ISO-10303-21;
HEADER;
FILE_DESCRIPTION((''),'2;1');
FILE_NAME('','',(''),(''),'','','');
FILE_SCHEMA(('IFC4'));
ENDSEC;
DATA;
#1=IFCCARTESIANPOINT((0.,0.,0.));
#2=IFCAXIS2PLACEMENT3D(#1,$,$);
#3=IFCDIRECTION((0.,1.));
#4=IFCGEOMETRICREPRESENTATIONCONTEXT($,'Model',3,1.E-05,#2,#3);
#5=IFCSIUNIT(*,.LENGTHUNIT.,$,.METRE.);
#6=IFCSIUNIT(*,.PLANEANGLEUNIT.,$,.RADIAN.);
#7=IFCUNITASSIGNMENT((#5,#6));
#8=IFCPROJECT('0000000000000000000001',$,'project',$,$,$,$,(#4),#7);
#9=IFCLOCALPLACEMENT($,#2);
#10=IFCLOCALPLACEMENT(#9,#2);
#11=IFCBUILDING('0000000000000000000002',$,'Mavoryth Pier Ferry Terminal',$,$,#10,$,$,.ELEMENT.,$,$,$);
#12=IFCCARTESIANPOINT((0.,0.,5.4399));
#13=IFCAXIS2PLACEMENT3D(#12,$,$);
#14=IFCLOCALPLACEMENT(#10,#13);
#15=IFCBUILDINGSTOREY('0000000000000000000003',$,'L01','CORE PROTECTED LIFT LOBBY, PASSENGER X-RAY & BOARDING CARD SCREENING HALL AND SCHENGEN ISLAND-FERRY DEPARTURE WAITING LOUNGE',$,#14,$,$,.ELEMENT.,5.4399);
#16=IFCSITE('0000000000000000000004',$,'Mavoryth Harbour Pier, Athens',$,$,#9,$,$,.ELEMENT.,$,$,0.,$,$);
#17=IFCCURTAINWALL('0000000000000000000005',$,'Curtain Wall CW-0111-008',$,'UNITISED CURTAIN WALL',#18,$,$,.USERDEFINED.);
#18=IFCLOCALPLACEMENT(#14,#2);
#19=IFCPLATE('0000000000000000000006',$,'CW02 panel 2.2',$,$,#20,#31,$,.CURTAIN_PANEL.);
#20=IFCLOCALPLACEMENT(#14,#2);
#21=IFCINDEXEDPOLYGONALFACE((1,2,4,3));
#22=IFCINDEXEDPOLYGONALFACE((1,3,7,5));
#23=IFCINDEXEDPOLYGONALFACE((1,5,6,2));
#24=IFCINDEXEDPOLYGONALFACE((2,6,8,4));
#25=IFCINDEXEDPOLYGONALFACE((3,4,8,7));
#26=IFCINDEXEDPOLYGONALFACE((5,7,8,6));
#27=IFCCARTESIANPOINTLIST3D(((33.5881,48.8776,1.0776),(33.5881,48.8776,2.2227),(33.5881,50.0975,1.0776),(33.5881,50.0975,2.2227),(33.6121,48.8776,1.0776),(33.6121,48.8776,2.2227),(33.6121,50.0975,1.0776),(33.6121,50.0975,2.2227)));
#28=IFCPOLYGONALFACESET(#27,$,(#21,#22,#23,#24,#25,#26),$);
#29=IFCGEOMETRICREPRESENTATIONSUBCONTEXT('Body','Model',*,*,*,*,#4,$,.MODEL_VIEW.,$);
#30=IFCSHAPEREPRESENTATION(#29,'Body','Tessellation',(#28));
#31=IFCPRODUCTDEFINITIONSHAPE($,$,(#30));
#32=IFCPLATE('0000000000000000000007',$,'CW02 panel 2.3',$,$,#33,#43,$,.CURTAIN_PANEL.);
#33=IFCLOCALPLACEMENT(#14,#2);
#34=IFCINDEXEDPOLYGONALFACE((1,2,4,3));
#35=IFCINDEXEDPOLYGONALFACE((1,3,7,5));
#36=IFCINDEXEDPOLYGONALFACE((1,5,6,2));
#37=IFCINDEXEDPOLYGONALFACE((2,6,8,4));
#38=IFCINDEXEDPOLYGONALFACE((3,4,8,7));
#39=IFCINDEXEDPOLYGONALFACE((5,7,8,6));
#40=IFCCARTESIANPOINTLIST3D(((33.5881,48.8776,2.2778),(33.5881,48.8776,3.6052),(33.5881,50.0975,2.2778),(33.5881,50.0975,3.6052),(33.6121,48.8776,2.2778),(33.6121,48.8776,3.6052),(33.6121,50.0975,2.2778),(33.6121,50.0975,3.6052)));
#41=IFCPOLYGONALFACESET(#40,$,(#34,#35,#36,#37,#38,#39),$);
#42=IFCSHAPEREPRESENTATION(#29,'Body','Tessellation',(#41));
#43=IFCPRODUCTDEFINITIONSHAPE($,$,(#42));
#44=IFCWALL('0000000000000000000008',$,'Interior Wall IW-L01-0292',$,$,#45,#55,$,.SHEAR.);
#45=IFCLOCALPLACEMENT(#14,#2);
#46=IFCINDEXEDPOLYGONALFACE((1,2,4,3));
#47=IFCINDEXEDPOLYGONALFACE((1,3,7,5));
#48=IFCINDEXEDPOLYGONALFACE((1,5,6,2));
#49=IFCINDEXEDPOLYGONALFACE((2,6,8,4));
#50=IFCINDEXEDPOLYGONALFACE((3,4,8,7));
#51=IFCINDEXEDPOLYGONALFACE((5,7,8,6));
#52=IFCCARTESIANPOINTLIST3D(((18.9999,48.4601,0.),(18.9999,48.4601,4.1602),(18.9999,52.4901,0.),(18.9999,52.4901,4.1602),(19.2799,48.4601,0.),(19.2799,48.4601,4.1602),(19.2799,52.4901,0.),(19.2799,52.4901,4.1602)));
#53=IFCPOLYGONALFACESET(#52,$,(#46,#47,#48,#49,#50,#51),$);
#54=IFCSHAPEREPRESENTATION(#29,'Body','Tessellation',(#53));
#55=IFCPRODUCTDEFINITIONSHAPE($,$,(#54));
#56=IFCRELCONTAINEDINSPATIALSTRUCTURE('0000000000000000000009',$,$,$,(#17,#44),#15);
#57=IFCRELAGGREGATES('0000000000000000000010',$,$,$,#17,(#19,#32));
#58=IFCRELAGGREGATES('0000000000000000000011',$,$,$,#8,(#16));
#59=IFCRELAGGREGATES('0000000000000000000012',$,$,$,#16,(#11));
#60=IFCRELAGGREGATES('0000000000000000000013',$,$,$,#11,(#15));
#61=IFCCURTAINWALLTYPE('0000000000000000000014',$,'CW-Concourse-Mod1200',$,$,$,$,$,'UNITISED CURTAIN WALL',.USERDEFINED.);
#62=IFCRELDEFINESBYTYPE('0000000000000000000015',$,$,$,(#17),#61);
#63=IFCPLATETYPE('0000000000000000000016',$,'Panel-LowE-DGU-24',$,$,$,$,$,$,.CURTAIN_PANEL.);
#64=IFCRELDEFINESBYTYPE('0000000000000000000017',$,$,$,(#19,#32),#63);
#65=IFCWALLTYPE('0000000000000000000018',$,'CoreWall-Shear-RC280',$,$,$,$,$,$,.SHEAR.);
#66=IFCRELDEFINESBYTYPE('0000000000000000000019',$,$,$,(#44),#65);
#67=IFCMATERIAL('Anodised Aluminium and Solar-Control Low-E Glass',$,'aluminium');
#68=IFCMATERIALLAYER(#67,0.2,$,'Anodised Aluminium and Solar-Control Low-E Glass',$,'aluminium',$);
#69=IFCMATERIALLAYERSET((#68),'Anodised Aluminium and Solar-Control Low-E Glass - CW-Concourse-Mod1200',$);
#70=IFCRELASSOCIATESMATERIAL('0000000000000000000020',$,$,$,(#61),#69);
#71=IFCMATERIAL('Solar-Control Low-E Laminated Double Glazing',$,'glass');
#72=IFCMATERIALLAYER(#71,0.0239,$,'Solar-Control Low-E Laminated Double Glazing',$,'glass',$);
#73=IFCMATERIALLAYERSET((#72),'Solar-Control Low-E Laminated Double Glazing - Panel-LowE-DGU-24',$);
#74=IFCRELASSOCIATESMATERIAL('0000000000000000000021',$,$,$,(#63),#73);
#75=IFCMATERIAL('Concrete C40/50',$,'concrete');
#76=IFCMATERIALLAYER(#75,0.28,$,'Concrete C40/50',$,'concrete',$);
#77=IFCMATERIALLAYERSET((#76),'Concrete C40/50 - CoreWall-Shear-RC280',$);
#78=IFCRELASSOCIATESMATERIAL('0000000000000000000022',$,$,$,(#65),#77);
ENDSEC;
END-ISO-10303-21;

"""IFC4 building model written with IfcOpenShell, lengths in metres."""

from ifc_helpers import new_model, si_unit, direction, frame, frame_2d, origin, origin_2d, place, context, subcontext, project, spatial, rectangle, extrude, material, layer, layer_set, type_object, element, aggregate, save


model = new_model("IFC4")

# Units and contexts
model_context = context("Model", 3, precision=1e-05, world=origin(), true_north=direction((0.0, 1.0)))
body_context = subcontext(model_context, "Body", "Model", "MODEL_VIEW")
ifc_project = project(units=[si_unit("LENGTHUNIT", "METRE"), si_unit("PLANEANGLEUNIT", "RADIAN")], contexts=[model_context])

# Site, building, storey
site_placement = place(None, origin())
site = spatial("IfcSite", under=ifc_project, at=site_placement, Name="Mavoryth Harbour Pier, Athens", CompositionType="ELEMENT", RefElevation=0.0)
building_placement = place(site_placement, origin())
building = spatial("IfcBuilding", under=site, at=building_placement, Name="Mavoryth Pier Ferry Terminal", CompositionType="ELEMENT")
storey_placement = place(building_placement, frame((0.0, 0.0, 5.4399)))
storey = spatial("IfcBuildingStorey", under=building, at=storey_placement, Name="L01", Description="CORE PROTECTED LIFT LOBBY, PASSENGER X-RAY & BOARDING CARD SCREENING HALL AND SCHENGEN ISLAND-FERRY DEPARTURE WAITING LOUNGE", CompositionType="ELEMENT", Elevation=5.4399)

# Shared definitions
ifc_material_1 = material(Name="Concrete C40/50", Category="concrete")

# Curtain wall
ifc_material_2 = material(Name="Anodised Aluminium and Solar-Control Low-E Glass", Category="aluminium")
ifc_layer_1 = layer(ifc_material_2, 0.2, Name="Anodised Aluminium and Solar-Control Low-E Glass", Category="aluminium")
ifc_layer_set_1 = layer_set([ifc_layer_1], Name="Anodised Aluminium and Solar-Control Low-E Glass - CW-Concourse-Mod1200")
curtain_wall_type = type_object("IfcCurtainWallType", Name="CW-Concourse-Mod1200", ElementType="UNITISED CURTAIN WALL", PredefinedType="USERDEFINED", material=ifc_layer_set_1)
curtain_wall_placement = place(storey_placement, origin())
curtain_wall = element("IfcCurtainWall", 1, at=curtain_wall_placement, inside=storey, type_object=curtain_wall_type, Name="Curtain Wall CW-0111-008", ObjectType="UNITISED CURTAIN WALL", PredefinedType="USERDEFINED")

# Plates
ifc_material_3 = material(Name="Solar-Control Low-E Laminated Double Glazing", Category="glass")
ifc_layer_2 = layer(ifc_material_3, 0.0239, Name="Solar-Control Low-E Laminated Double Glazing", Category="glass")
ifc_layer_set_2 = layer_set([ifc_layer_2], Name="Solar-Control Low-E Laminated Double Glazing - Panel-LowE-DGU-24")
plate_type = type_object("IfcPlateType", Name="Panel-LowE-DGU-24", PredefinedType="CURTAIN_PANEL", material=ifc_layer_set_2)
plate_1_placement = place(storey_placement, frame((33.6001, 49.4875, 1.0776), z_axis=(0.0, 0.0, 1.0), x_axis=(0.0, 1.0, 0.0)))
plate_1 = element("IfcPlate", 2, at=plate_1_placement, type_object=plate_type, Name="CW02 panel 2.2", PredefinedType="CURTAIN_PANEL", context=body_context, shape_type="SweptSolid", body=[
    extrude(rectangle(XDim=1.22, YDim=0.0239, at=origin_2d()), origin(), (0.0, 0.0, 1.0), 1.145),
])
plate_2_placement = place(storey_placement, frame((33.6001, 49.4875, 2.2778), z_axis=(0.0, 0.0, 1.0), x_axis=(0.0, 1.0, 0.0)))
plate_2 = element("IfcPlate", 3, at=plate_2_placement, type_object=plate_type, Name="CW02 panel 2.3", PredefinedType="CURTAIN_PANEL", context=body_context, shape_type="SweptSolid", body=[
    extrude(rectangle(XDim=1.22, YDim=0.0239, at=origin_2d()), origin(), (0.0, 0.0, 1.0), 1.3274),
])
aggregate(curtain_wall, [plate_1, plate_2])

# Wall
ifc_layer_3 = layer(ifc_material_1, 0.28, Name="Concrete C40/50", Category="concrete")
ifc_layer_set_3 = layer_set([ifc_layer_3], Name="Concrete C40/50 - CoreWall-Shear-RC280")
wall_type = type_object("IfcWallType", Name="CoreWall-Shear-RC280", PredefinedType="SHEAR", material=ifc_layer_set_3)
wall_placement = place(storey_placement, frame((19.1399, 48.46, 0.0), z_axis=(0.0, 0.0, 1.0), x_axis=(0.0, 1.0, 0.0)))
element("IfcWall", 4, at=wall_placement, inside=storey, type_object=wall_type, Name="Interior Wall IW-L01-0292", PredefinedType="SHEAR", context=body_context, shape_type="SweptSolid", body=[
    extrude(rectangle(XDim=4.03, YDim=0.28, at=frame_2d((2.0151, 0.0))), origin(), (0.0, 0.0, 1.0), 4.1602),
])

save(model, "model.ifc")
